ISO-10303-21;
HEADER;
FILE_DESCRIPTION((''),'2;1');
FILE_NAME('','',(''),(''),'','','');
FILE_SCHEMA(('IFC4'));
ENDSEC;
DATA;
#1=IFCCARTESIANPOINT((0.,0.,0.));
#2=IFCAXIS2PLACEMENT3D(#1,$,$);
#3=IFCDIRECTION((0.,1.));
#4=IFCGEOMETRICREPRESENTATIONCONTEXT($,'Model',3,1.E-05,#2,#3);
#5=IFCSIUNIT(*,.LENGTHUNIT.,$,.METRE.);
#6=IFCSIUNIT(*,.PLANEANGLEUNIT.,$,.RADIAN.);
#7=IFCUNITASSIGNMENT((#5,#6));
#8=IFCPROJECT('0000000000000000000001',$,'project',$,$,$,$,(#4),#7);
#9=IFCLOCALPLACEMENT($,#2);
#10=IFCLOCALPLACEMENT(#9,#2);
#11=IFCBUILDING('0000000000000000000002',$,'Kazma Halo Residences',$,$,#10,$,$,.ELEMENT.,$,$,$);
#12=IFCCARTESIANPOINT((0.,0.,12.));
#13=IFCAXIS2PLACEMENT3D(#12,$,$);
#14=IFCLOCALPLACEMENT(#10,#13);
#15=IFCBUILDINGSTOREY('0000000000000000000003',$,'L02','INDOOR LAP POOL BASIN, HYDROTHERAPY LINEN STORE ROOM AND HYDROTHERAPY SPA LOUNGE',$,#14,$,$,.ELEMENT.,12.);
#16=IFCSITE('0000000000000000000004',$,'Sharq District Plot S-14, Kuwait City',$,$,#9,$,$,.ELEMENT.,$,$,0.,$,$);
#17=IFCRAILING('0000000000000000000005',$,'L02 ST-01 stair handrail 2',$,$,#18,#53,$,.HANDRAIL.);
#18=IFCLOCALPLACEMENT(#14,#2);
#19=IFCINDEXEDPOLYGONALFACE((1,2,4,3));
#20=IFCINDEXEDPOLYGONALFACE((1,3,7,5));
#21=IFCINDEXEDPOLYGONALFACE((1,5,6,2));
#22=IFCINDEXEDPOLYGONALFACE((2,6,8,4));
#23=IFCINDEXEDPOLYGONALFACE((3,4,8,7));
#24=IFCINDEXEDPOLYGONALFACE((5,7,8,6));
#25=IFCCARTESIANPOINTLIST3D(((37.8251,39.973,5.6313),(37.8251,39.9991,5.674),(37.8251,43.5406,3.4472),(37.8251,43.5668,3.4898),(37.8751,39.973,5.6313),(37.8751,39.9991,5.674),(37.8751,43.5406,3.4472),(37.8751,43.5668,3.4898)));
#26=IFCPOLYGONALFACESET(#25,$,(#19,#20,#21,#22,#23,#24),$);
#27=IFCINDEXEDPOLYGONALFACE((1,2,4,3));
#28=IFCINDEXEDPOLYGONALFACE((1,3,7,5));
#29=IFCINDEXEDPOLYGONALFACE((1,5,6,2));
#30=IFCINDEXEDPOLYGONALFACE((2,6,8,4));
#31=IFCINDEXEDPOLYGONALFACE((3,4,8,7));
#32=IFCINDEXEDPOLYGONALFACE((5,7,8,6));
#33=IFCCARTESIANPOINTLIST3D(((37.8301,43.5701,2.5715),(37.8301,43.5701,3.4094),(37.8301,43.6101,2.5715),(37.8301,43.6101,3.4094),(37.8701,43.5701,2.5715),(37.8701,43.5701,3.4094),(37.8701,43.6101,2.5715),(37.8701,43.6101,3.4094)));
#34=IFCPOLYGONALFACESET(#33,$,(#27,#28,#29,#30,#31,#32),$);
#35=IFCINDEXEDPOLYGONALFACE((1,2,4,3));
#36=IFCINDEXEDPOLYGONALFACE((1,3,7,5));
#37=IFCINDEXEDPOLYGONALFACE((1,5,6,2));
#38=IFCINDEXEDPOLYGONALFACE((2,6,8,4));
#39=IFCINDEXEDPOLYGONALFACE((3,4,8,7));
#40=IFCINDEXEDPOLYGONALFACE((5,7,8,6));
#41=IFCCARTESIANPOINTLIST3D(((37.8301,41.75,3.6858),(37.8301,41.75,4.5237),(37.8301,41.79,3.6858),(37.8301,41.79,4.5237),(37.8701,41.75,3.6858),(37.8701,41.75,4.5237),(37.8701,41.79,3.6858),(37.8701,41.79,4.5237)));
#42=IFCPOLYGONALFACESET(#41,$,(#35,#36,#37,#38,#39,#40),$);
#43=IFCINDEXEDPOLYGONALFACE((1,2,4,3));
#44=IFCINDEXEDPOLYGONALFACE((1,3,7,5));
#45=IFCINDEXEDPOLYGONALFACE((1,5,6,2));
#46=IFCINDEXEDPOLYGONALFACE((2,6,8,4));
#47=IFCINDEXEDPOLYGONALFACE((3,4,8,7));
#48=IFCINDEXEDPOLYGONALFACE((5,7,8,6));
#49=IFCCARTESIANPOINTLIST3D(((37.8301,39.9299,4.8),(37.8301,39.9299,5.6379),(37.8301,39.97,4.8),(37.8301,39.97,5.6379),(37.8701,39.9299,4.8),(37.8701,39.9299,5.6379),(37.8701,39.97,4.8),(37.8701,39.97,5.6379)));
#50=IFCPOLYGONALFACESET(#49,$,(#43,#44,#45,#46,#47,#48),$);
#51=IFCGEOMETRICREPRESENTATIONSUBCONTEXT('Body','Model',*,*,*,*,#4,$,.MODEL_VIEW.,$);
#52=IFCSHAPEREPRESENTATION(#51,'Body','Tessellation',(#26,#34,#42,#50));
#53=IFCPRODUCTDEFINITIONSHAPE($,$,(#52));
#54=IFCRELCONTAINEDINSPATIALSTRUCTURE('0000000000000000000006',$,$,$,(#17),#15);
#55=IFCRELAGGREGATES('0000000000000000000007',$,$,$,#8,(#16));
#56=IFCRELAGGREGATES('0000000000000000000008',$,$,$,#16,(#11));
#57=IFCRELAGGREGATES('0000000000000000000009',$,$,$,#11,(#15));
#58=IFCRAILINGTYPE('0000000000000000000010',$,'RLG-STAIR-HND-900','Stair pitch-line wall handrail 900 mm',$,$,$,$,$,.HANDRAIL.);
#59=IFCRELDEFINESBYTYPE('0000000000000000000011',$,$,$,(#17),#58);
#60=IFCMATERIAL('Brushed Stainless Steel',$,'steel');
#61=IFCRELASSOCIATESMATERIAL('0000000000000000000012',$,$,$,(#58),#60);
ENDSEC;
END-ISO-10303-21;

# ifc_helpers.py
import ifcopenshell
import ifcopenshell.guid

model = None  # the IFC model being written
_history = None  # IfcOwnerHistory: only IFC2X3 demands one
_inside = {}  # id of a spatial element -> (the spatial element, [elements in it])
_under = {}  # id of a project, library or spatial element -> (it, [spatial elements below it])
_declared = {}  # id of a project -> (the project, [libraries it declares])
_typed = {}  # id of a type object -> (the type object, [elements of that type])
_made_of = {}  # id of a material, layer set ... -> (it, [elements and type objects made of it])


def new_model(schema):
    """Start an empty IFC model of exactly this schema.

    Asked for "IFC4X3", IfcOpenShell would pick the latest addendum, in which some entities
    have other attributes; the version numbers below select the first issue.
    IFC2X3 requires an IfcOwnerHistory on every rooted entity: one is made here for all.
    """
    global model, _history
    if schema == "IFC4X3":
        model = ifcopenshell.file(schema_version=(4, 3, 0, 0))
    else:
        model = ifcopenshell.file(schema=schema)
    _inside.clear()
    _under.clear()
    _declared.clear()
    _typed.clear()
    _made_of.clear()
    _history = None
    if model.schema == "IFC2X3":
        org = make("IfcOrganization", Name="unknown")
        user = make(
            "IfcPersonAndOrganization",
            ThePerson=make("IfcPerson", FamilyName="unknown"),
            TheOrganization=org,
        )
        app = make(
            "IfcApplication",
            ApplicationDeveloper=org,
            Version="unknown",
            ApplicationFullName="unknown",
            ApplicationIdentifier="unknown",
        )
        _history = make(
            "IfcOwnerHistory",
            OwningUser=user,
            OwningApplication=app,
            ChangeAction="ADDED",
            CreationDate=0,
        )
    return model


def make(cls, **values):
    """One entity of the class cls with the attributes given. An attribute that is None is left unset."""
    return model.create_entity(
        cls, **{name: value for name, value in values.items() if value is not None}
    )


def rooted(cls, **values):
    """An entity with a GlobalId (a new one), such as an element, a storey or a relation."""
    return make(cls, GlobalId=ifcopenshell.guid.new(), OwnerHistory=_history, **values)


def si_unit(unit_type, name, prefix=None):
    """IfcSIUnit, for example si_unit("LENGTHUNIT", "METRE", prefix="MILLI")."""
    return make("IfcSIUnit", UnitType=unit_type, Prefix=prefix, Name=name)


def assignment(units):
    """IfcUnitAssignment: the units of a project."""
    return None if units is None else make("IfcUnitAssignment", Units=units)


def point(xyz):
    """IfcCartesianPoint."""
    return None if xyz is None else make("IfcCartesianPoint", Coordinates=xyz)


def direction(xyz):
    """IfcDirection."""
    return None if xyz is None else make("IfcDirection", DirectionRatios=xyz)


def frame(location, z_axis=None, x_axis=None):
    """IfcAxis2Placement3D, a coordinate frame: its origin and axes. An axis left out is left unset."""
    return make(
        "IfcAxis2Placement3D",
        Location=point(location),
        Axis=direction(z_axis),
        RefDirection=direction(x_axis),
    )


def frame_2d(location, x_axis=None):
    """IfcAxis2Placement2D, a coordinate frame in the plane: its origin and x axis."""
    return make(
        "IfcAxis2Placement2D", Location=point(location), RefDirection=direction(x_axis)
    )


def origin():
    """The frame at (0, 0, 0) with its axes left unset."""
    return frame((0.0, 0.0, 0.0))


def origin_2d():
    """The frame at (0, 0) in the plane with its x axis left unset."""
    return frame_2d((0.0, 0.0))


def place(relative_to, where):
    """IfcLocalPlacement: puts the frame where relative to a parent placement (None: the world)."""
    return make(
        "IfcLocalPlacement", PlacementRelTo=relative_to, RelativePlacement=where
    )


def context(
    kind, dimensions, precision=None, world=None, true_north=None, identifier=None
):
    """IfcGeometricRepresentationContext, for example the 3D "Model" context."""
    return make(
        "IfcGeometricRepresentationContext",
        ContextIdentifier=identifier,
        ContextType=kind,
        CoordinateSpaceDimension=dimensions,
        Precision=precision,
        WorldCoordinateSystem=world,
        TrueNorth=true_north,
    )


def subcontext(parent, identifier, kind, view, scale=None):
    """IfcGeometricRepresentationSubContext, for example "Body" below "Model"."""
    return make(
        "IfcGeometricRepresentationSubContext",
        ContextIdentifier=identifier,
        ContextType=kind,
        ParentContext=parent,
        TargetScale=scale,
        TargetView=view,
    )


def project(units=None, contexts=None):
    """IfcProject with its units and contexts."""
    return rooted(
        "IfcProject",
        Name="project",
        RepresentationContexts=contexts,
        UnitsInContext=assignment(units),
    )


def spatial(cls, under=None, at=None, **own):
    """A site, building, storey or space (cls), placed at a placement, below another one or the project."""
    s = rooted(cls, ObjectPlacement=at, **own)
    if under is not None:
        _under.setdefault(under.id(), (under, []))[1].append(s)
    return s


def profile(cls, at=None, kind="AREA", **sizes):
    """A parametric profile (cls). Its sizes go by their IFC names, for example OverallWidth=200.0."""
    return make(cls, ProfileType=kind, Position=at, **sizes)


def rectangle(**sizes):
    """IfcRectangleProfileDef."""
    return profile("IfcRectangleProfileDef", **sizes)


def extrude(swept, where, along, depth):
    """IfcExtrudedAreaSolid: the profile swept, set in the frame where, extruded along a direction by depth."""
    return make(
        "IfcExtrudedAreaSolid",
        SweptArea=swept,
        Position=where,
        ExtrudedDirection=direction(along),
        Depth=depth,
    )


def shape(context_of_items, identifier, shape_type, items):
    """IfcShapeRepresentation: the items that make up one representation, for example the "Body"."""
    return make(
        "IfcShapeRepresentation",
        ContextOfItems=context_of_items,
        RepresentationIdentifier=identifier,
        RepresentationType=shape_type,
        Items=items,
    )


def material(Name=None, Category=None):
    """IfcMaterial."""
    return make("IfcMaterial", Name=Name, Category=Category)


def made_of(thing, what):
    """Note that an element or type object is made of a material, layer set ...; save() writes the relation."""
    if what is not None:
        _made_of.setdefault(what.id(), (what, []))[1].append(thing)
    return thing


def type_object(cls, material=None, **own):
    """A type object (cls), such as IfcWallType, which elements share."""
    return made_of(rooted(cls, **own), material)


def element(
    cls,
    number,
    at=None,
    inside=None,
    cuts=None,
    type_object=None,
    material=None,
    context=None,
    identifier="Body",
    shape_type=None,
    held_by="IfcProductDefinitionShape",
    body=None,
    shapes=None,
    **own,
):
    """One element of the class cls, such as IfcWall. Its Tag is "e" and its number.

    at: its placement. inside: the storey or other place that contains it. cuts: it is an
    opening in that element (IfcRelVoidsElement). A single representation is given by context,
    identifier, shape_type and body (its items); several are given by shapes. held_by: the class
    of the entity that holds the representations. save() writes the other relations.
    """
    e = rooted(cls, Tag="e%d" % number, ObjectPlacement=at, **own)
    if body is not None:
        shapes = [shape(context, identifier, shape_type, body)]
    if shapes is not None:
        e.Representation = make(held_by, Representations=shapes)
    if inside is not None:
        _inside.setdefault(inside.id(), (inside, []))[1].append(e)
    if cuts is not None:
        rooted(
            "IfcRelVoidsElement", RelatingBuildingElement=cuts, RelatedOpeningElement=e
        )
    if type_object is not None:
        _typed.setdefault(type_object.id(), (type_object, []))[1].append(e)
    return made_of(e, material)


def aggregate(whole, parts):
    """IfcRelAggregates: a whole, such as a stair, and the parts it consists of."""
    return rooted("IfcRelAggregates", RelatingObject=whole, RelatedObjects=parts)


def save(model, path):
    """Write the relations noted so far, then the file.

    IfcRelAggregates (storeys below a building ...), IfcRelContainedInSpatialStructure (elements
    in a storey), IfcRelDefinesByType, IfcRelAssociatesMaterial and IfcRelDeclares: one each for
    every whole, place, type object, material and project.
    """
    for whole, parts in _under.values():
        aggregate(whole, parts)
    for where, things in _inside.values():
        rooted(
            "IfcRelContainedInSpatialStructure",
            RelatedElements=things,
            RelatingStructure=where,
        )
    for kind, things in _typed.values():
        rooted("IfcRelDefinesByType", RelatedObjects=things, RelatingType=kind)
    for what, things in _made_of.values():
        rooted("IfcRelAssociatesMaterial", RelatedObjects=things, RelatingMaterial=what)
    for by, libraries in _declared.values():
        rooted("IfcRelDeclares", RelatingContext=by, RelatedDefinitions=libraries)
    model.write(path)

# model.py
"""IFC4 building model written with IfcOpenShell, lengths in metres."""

from ifc_helpers import new_model, si_unit, direction, frame, origin, origin_2d, place, context, subcontext, project, spatial, rectangle, extrude, material, type_object, element, save


model = new_model("IFC4")

# Units and contexts
model_context = context("Model", 3, precision=1e-05, world=origin(), true_north=direction((0.0, 1.0)))
body_context = subcontext(model_context, "Body", "Model", "MODEL_VIEW")
ifc_project = project(units=[si_unit("LENGTHUNIT", "METRE"), si_unit("PLANEANGLEUNIT", "RADIAN")], contexts=[model_context])

# Site, building, storey
site_placement = place(None, origin())
site = spatial("IfcSite", under=ifc_project, at=site_placement, Name="Sharq District Plot S-14, Kuwait City", CompositionType="ELEMENT", RefElevation=0.0)
building_placement = place(site_placement, origin())
building = spatial("IfcBuilding", under=site, at=building_placement, Name="Kazma Halo Residences", CompositionType="ELEMENT")
storey_placement = place(building_placement, frame((0.0, 0.0, 12.0)))
storey = spatial("IfcBuildingStorey", under=building, at=storey_placement, Name="L02", Description="INDOOR LAP POOL BASIN, HYDROTHERAPY LINEN STORE ROOM AND HYDROTHERAPY SPA LOUNGE", CompositionType="ELEMENT", Elevation=12.0)

# Railing
ifc_material_1 = material(Name="Brushed Stainless Steel", Category="steel")
railing_type_1 = type_object("IfcRailingType", Name="RLG-STAIR-HND-900", Description="Stair pitch-line wall handrail 900 mm", PredefinedType="HANDRAIL", material=ifc_material_1)
railing_1_placement = place(storey_placement, frame((37.8501, 43.5901, 2.5715)))
element("IfcRailing", 1, at=railing_1_placement, inside=storey, type_object=railing_type_1, Name="L02 ST-01 stair handrail 2", PredefinedType="HANDRAIL", context=body_context, shape_type="SweptSolid", body=[
    extrude(rectangle(XDim=0.05, YDim=0.05, at=origin_2d()), frame((0.0, -0.0364, 0.897), z_axis=(0.0, -0.852866, 0.52213), x_axis=(1.0, 0.0, 0.0)), (0.0, 0.0, 1.0), 4.1831),
    extrude(rectangle(XDim=0.04, YDim=0.04, at=origin_2d()), origin(), (0.0, 0.0, 1.0), 0.8379),
    extrude(rectangle(XDim=0.04, YDim=0.04, at=origin_2d()), frame((0.0, -1.8201, 1.1143)), (0.0, 0.0, 1.0), 0.8379),
    extrude(rectangle(XDim=0.04, YDim=0.04, at=origin_2d()), frame((0.0, -3.6401, 2.2285)), (0.0, 0.0, 1.0), 0.8379),
])

save(model, "model.ifc")
